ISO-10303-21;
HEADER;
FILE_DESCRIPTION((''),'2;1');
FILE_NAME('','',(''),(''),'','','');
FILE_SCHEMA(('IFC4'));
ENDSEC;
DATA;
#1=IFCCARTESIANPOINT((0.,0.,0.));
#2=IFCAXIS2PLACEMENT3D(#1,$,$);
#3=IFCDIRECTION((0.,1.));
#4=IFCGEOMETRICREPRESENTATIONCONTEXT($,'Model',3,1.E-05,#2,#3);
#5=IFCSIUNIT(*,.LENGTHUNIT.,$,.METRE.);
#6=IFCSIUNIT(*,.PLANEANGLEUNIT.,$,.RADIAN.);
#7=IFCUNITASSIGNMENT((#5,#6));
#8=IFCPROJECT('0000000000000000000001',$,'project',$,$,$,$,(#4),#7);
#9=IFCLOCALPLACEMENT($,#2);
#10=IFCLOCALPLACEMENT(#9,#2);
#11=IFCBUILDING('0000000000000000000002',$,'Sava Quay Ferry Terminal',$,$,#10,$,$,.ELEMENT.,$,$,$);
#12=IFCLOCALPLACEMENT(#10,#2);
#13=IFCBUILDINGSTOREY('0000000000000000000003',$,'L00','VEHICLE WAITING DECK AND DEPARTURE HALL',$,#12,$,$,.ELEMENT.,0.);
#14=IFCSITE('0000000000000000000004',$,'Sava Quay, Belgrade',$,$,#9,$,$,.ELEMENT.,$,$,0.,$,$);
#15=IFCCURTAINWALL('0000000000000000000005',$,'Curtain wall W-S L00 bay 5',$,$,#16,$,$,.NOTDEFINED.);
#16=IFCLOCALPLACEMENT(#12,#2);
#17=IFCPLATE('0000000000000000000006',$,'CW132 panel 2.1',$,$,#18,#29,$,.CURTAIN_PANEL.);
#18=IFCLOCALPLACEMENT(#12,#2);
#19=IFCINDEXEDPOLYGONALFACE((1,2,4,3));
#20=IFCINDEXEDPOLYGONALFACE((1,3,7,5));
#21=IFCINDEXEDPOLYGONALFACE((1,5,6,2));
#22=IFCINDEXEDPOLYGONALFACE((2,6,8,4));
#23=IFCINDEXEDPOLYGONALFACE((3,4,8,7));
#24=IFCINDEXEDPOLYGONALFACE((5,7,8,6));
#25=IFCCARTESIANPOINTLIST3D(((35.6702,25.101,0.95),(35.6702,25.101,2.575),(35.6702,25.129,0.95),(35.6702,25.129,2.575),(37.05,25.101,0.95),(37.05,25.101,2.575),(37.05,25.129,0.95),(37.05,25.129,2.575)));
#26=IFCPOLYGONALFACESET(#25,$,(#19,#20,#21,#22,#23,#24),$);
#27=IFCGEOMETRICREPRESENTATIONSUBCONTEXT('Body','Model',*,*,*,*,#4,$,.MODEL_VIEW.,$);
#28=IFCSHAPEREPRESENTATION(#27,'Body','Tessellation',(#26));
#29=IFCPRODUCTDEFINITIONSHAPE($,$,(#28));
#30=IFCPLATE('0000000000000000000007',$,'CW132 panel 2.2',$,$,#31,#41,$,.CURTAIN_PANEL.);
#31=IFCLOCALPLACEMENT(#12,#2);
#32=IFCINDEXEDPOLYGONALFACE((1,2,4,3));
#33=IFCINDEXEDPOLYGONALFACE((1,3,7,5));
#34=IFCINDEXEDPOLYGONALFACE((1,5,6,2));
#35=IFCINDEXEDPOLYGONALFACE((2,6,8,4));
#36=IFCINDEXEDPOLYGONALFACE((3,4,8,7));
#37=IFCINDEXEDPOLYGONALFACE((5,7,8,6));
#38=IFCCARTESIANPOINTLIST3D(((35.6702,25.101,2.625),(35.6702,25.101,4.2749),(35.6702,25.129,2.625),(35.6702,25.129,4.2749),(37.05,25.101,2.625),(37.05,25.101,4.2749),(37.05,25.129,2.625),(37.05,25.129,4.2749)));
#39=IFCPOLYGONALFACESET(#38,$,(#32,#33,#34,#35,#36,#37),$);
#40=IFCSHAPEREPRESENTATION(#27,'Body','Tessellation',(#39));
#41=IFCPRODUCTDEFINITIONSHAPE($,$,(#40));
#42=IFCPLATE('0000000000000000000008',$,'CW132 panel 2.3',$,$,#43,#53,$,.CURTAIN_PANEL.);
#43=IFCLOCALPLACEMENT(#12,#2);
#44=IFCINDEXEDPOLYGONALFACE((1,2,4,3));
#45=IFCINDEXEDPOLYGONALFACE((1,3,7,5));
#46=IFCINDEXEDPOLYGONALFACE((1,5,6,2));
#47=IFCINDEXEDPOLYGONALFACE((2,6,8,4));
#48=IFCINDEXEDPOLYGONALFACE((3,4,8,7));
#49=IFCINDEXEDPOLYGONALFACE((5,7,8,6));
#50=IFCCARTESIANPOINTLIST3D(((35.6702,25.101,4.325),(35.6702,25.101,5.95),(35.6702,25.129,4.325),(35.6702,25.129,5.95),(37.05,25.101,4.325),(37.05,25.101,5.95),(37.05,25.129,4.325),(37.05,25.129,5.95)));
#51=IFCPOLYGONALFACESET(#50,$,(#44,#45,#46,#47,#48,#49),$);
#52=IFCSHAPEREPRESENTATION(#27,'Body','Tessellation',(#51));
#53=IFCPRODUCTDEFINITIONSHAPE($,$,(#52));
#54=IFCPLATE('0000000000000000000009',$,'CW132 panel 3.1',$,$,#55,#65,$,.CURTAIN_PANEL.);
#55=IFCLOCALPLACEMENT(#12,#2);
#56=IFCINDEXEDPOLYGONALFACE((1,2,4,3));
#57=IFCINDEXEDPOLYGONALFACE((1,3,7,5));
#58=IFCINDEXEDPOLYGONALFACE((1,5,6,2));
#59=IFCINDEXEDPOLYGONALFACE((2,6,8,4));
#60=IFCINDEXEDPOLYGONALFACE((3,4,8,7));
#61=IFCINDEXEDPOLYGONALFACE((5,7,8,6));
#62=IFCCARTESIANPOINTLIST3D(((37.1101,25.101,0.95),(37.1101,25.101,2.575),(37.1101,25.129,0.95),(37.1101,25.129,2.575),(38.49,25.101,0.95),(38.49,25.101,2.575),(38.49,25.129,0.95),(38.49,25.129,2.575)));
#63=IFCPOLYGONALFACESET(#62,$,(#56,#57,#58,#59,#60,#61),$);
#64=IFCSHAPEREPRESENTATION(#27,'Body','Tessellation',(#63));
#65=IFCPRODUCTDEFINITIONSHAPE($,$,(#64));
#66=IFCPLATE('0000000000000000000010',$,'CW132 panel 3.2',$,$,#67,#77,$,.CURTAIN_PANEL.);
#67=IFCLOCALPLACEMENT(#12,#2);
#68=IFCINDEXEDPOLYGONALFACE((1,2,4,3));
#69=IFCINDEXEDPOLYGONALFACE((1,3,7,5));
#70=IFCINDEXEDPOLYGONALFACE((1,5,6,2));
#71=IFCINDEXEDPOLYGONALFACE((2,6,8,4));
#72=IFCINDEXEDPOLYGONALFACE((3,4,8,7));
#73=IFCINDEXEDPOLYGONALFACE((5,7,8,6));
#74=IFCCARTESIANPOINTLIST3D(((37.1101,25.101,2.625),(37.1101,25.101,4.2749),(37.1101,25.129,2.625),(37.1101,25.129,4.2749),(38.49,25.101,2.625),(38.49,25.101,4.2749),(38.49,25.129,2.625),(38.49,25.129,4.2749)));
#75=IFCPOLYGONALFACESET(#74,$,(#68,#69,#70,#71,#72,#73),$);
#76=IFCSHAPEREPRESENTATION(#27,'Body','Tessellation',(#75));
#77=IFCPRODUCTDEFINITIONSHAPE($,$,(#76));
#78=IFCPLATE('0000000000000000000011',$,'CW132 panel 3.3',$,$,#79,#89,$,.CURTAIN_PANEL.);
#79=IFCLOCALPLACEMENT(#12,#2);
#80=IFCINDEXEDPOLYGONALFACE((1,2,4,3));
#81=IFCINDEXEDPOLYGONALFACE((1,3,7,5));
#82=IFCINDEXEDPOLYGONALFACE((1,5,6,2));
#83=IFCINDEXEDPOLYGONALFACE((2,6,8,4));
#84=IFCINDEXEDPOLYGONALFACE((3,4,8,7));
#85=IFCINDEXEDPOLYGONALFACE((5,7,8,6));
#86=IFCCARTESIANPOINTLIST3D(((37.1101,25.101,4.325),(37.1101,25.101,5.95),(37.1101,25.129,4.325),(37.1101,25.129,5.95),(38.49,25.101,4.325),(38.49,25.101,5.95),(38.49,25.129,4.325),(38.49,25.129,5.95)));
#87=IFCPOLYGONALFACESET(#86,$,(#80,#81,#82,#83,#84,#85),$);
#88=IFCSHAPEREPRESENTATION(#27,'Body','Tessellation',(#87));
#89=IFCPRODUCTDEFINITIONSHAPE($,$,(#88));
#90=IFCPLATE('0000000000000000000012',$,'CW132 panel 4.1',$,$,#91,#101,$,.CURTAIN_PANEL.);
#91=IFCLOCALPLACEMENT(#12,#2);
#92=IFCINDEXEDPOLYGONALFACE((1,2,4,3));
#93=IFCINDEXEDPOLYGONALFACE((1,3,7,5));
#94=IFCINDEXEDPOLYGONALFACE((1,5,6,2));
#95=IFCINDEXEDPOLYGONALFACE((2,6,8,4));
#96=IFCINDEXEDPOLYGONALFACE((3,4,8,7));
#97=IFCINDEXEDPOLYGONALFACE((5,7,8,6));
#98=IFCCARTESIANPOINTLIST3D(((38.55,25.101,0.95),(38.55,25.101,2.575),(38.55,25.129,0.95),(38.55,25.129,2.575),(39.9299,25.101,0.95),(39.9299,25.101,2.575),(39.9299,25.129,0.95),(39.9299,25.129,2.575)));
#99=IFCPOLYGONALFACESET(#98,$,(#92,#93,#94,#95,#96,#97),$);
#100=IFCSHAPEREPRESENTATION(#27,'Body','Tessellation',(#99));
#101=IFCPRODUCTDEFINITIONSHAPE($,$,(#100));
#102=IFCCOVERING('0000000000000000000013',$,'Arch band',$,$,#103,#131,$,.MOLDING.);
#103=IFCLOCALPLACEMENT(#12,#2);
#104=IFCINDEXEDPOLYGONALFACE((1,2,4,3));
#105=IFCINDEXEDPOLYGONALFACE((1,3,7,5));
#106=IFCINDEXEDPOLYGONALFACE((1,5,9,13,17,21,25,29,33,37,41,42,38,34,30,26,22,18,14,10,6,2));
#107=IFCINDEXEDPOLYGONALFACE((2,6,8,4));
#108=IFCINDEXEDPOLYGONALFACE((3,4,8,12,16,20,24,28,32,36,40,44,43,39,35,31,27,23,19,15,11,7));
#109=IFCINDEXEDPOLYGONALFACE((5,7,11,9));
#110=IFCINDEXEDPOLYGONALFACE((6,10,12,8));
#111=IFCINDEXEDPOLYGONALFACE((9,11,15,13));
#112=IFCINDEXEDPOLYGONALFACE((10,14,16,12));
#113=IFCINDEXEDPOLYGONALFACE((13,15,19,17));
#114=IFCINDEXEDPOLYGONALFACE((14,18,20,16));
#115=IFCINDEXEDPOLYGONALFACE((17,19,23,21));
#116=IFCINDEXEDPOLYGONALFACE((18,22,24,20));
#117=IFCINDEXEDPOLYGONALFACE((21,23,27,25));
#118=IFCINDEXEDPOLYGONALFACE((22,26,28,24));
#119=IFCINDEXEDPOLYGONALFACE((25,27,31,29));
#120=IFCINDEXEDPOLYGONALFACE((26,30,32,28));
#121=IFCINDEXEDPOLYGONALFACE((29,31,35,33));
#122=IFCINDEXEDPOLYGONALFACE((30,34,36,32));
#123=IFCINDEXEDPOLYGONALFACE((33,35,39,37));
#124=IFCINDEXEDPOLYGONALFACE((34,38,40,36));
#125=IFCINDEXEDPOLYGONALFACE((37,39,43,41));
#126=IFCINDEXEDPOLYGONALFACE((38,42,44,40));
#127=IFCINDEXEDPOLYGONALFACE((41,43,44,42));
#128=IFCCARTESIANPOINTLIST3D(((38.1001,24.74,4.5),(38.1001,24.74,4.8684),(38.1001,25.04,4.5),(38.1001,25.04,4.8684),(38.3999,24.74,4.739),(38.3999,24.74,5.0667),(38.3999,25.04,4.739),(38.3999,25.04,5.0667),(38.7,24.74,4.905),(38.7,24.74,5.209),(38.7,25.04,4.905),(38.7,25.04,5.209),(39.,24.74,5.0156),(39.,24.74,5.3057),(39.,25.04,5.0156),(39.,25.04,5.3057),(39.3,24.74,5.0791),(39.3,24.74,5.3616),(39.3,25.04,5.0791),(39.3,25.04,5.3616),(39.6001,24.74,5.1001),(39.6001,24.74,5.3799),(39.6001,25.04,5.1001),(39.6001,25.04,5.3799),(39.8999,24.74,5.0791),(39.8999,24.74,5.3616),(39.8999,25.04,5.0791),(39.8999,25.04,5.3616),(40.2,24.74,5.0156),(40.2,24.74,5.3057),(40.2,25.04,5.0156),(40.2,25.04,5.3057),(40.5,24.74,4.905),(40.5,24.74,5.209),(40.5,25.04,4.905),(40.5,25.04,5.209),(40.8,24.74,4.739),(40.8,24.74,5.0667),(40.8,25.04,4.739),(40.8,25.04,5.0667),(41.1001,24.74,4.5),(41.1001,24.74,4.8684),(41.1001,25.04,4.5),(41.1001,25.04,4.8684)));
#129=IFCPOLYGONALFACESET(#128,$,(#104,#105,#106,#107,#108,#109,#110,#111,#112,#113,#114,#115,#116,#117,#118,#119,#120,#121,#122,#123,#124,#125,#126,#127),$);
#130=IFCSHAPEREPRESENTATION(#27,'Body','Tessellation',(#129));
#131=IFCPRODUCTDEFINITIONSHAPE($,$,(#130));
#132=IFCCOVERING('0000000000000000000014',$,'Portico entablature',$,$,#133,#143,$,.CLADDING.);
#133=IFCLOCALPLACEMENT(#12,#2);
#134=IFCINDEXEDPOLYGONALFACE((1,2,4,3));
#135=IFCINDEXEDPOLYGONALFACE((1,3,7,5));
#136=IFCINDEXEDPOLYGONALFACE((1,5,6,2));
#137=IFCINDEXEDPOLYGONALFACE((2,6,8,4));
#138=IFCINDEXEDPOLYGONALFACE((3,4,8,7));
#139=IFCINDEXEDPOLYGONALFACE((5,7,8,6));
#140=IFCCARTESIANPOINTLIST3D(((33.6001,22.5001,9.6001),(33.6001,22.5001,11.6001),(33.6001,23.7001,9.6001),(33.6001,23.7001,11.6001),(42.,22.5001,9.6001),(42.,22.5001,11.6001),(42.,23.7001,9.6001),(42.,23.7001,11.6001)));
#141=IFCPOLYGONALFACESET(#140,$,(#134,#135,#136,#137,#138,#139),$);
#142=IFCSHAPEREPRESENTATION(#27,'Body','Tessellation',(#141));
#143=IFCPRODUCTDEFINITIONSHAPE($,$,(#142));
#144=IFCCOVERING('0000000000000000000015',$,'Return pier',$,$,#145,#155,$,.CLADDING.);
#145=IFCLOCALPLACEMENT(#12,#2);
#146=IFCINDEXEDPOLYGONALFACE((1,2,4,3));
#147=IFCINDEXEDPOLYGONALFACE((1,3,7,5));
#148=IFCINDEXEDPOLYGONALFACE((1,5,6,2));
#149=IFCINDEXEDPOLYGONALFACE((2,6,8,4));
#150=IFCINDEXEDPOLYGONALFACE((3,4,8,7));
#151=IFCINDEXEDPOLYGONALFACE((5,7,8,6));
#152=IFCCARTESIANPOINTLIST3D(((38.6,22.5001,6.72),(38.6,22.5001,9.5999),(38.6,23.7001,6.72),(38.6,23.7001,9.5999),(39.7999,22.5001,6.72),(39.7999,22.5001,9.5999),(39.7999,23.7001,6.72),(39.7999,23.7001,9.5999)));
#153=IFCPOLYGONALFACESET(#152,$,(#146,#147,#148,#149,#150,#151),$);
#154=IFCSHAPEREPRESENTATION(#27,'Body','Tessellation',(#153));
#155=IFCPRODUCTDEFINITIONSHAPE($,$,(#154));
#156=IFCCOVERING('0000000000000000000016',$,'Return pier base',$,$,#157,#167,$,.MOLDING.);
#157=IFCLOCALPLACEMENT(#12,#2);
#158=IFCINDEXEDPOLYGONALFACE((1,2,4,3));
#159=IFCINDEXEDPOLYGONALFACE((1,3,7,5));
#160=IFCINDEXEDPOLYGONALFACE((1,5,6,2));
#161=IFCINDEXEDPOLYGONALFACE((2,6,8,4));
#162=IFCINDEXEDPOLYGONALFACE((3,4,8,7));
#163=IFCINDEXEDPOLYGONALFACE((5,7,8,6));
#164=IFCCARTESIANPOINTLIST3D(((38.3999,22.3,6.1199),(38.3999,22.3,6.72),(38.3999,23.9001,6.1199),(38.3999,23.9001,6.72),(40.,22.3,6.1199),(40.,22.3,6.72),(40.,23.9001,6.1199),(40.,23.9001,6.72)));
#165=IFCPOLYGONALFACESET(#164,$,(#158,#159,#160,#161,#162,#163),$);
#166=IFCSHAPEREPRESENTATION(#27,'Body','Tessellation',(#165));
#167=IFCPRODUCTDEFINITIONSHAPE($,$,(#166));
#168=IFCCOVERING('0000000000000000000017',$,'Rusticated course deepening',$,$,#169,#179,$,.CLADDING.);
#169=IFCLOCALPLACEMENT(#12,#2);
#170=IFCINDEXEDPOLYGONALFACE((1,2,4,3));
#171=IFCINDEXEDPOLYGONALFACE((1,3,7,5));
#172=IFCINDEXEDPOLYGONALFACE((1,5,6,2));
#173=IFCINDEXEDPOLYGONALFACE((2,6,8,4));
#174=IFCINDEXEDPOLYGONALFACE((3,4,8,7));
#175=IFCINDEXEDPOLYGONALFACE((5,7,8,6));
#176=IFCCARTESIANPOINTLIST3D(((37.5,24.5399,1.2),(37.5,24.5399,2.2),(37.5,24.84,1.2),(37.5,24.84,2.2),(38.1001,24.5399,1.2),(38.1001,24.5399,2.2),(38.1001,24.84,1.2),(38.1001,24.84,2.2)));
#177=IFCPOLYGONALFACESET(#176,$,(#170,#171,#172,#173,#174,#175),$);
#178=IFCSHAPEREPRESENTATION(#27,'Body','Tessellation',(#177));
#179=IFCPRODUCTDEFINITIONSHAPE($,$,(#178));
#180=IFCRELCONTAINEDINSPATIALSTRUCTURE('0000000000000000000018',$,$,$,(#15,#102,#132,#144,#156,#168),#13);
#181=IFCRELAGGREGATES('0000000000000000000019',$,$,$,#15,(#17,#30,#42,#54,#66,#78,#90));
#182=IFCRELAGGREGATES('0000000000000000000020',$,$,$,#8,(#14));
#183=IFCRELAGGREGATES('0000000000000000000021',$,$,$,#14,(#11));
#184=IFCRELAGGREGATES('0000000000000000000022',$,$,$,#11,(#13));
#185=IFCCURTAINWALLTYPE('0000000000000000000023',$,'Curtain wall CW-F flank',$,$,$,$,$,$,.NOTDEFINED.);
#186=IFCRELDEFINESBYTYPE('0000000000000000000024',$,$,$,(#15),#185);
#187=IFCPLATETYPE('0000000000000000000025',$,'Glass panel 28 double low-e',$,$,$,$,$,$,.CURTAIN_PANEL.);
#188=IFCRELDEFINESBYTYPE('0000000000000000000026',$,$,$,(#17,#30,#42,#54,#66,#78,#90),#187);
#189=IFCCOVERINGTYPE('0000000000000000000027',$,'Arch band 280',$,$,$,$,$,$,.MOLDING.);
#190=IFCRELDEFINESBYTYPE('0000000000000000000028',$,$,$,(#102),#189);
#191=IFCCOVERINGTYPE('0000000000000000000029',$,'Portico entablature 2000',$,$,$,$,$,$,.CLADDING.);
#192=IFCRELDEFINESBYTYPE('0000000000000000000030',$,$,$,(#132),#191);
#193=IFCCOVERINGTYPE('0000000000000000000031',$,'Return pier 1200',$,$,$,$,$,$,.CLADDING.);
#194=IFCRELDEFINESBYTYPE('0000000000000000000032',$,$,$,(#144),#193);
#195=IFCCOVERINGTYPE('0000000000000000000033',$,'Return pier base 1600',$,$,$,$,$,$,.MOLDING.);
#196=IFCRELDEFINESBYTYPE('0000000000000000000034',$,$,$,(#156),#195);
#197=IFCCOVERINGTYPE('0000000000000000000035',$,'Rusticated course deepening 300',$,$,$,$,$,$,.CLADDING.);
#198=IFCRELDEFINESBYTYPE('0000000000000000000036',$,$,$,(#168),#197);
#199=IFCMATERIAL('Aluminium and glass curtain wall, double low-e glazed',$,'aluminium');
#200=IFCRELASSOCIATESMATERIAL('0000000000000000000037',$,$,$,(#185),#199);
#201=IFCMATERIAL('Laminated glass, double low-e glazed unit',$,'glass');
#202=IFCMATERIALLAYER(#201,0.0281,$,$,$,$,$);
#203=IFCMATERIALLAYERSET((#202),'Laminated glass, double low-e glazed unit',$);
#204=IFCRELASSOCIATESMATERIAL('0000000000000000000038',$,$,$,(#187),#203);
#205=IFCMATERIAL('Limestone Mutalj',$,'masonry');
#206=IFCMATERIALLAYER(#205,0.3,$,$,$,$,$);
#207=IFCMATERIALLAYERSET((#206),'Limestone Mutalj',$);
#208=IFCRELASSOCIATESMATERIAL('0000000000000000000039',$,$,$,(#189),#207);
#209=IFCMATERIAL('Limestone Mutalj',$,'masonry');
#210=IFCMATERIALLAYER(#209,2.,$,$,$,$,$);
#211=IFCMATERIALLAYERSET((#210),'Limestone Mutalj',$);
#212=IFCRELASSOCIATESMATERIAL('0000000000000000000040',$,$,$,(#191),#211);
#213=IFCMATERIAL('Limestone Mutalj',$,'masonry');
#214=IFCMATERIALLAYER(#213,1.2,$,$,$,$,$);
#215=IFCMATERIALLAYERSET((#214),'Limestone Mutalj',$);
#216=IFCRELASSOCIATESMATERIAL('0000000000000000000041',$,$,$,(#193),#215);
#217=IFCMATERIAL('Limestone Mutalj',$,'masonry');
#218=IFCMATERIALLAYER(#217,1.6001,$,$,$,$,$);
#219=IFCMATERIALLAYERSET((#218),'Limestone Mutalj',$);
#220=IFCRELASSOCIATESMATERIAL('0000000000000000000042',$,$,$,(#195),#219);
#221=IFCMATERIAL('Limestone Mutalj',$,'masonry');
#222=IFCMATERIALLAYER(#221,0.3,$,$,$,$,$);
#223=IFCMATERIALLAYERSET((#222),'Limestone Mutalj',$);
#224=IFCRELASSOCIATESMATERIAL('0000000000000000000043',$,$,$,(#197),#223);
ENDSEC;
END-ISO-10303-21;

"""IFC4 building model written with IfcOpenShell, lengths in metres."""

from ifc_helpers import new_model, si_unit, direction, frame, origin, origin_2d, place, context, subcontext, project, spatial, polyline, rectangle, outline, extrude, material, layer, layer_set, type_object, element, aggregate, save


model = new_model("IFC4")

# Units and contexts
model_context = context("Model", 3, precision=1e-05, world=origin(), true_north=direction((0.0, 1.0)))
body_context = subcontext(model_context, "Body", "Model", "MODEL_VIEW")
ifc_project = project(units=[si_unit("LENGTHUNIT", "METRE"), si_unit("PLANEANGLEUNIT", "RADIAN")], contexts=[model_context])

# Site, building, storey
site_placement = place(None, origin())
site = spatial("IfcSite", under=ifc_project, at=site_placement, Name="Sava Quay, Belgrade", CompositionType="ELEMENT", RefElevation=0.0)
building_placement = place(site_placement, origin())
building = spatial("IfcBuilding", under=site, at=building_placement, Name="Sava Quay Ferry Terminal", CompositionType="ELEMENT")
storey_placement = place(building_placement, origin())
storey = spatial("IfcBuildingStorey", under=building, at=storey_placement, Name="L00", Description="VEHICLE WAITING DECK AND DEPARTURE HALL", CompositionType="ELEMENT", Elevation=0.0)

# Curtain wall, plates
ifc_material_1 = material(Name="Aluminium and glass curtain wall, double low-e glazed", Category="aluminium")
curtain_wall_type = type_object("IfcCurtainWallType", Name="Curtain wall CW-F flank", PredefinedType="NOTDEFINED", material=ifc_material_1)
curtain_wall_placement = place(storey_placement, origin())
curtain_wall = element("IfcCurtainWall", 1, at=curtain_wall_placement, inside=storey, type_object=curtain_wall_type, Name="Curtain wall W-S L00 bay 5", PredefinedType="NOTDEFINED")
ifc_material_2 = material(Name="Laminated glass, double low-e glazed unit", Category="glass")
ifc_layer_1 = layer(ifc_material_2, 0.0281)
ifc_layer_set_1 = layer_set([ifc_layer_1], Name="Laminated glass, double low-e glazed unit")
plate_type = type_object("IfcPlateType", Name="Glass panel 28 double low-e", PredefinedType="CURTAIN_PANEL", material=ifc_layer_set_1)
plate_1_placement = place(storey_placement, frame((36.3601, 25.115, 0.95), z_axis=(0.0, 0.0, 1.0), x_axis=(1.0, 0.0, 0.0)))
plate_1 = element("IfcPlate", 2, at=plate_1_placement, type_object=plate_type, Name="CW132 panel 2.1", PredefinedType="CURTAIN_PANEL", context=body_context, shape_type="SweptSolid", body=[
    extrude(rectangle(XDim=1.3799, YDim=0.0281, at=origin_2d()), origin(), (0.0, 0.0, 1.0), 1.625),
])
plate_2_placement = place(storey_placement, frame((36.3601, 25.115, 2.625), z_axis=(0.0, 0.0, 1.0), x_axis=(1.0, 0.0, 0.0)))
plate_2 = element("IfcPlate", 3, at=plate_2_placement, type_object=plate_type, Name="CW132 panel 2.2", PredefinedType="CURTAIN_PANEL", context=body_context, shape_type="SweptSolid", body=[
    extrude(rectangle(XDim=1.3799, YDim=0.0281, at=origin_2d()), origin(), (0.0, 0.0, 1.0), 1.6499),
])
plate_3_placement = place(storey_placement, frame((36.3601, 25.115, 4.325), z_axis=(0.0, 0.0, 1.0), x_axis=(1.0, 0.0, 0.0)))
plate_3 = element("IfcPlate", 4, at=plate_3_placement, type_object=plate_type, Name="CW132 panel 2.3", PredefinedType="CURTAIN_PANEL", context=body_context, shape_type="SweptSolid", body=[
    extrude(rectangle(XDim=1.3799, YDim=0.0281, at=origin_2d()), origin(), (0.0, 0.0, 1.0), 1.625),
])
plate_4_placement = place(storey_placement, frame((37.8, 25.115, 0.95), z_axis=(0.0, 0.0, 1.0), x_axis=(1.0, 0.0, 0.0)))
plate_4 = element("IfcPlate", 5, at=plate_4_placement, type_object=plate_type, Name="CW132 panel 3.1", PredefinedType="CURTAIN_PANEL", context=body_context, shape_type="SweptSolid", body=[
    extrude(rectangle(XDim=1.3799, YDim=0.0281, at=origin_2d()), origin(), (0.0, 0.0, 1.0), 1.625),
])
plate_5_placement = place(storey_placement, frame((37.8, 25.115, 2.625), z_axis=(0.0, 0.0, 1.0), x_axis=(1.0, 0.0, 0.0)))
plate_5 = element("IfcPlate", 6, at=plate_5_placement, type_object=plate_type, Name="CW132 panel 3.2", PredefinedType="CURTAIN_PANEL", context=body_context, shape_type="SweptSolid", body=[
    extrude(rectangle(XDim=1.3799, YDim=0.0281, at=origin_2d()), origin(), (0.0, 0.0, 1.0), 1.6499),
])
plate_6_placement = place(storey_placement, frame((37.8, 25.115, 4.325), z_axis=(0.0, 0.0, 1.0), x_axis=(1.0, 0.0, 0.0)))
plate_6 = element("IfcPlate", 7, at=plate_6_placement, type_object=plate_type, Name="CW132 panel 3.3", PredefinedType="CURTAIN_PANEL", context=body_context, shape_type="SweptSolid", body=[
    extrude(rectangle(XDim=1.3799, YDim=0.0281, at=origin_2d()), origin(), (0.0, 0.0, 1.0), 1.625),
])
plate_7_placement = place(storey_placement, frame((39.24, 25.115, 0.95), z_axis=(0.0, 0.0, 1.0), x_axis=(1.0, 0.0, 0.0)))
plate_7 = element("IfcPlate", 8, at=plate_7_placement, type_object=plate_type, Name="CW132 panel 4.1", PredefinedType="CURTAIN_PANEL", context=body_context, shape_type="SweptSolid", body=[
    extrude(rectangle(XDim=1.3799, YDim=0.0281, at=origin_2d()), origin(), (0.0, 0.0, 1.0), 1.625),
])
aggregate(curtain_wall, [plate_1, plate_2, plate_3, plate_4, plate_5, plate_6, plate_7])

# Coverings
ifc_material_3 = material(Name="Limestone Mutalj", Category="masonry")
ifc_layer_2 = layer(ifc_material_3, 0.3)
ifc_layer_set_2 = layer_set([ifc_layer_2], Name="Limestone Mutalj")
covering_type_1 = type_object("IfcCoveringType", Name="Arch band 280", PredefinedType="MOLDING", material=ifc_layer_set_2)
covering_1_placement = place(storey_placement, frame((38.1001, 24.74, 4.5), z_axis=(0.0, -1.0, 0.0), x_axis=(0.781924, 0.0, 0.623374)))
element("IfcCovering", 9, at=covering_1_placement, inside=storey, type_object=covering_type_1, Name="Arch band", PredefinedType="MOLDING", context=body_context, shape_type="SweptSolid", body=[
    extrude(outline(polyline([(0.0, 0.0), (0.3834, 0.0), (0.7215, -0.0572), (1.0251, -0.1578), (1.2993, -0.2952), (1.547, -0.4658), (1.7683, -0.6691), (1.9634, -0.9058), (2.129, -1.1793), (2.2602, -1.4962), (2.3458, -1.8701), (2.5754, -1.5821), (2.4644, -1.24), (2.3185, -0.9417), (2.1442, -0.679), (1.9444, -0.4483), (1.7214, -0.2471), (1.4754, -0.0743), (1.2059, 0.069), (0.911, 0.1804), (0.5877, 0.2562), (0.2297, 0.2881), (0.0, 0.0)])), origin(), (0.0, 0.0, -1.0), 0.3),
])
ifc_material_4 = material(Name="Limestone Mutalj", Category="masonry")
ifc_layer_3 = layer(ifc_material_4, 2.0)
ifc_layer_set_3 = layer_set([ifc_layer_3], Name="Limestone Mutalj")
covering_type_2 = type_object("IfcCoveringType", Name="Portico entablature 2000", PredefinedType="CLADDING", material=ifc_layer_set_3)
covering_2_placement = place(storey_placement, frame((37.8, 23.1001, 9.6001), z_axis=(0.0, 0.0, 1.0), x_axis=(1.0, 0.0, 0.0)))
element("IfcCovering", 10, at=covering_2_placement, inside=storey, type_object=covering_type_2, Name="Portico entablature", PredefinedType="CLADDING", context=body_context, shape_type="SweptSolid", body=[
    extrude(rectangle(XDim=8.3999, YDim=1.2, at=origin_2d()), origin(), (0.0, 0.0, 1.0), 2.0),
])
ifc_material_5 = material(Name="Limestone Mutalj", Category="masonry")
ifc_layer_4 = layer(ifc_material_5, 1.2)
ifc_layer_set_4 = layer_set([ifc_layer_4], Name="Limestone Mutalj")
covering_type_3 = type_object("IfcCoveringType", Name="Return pier 1200", PredefinedType="CLADDING", material=ifc_layer_set_4)
covering_3_placement = place(storey_placement, frame((39.2, 23.1001, 6.72), z_axis=(0.0, 0.0, 1.0), x_axis=(1.0, 0.0, 0.0)))
element("IfcCovering", 11, at=covering_3_placement, inside=storey, type_object=covering_type_3, Name="Return pier", PredefinedType="CLADDING", context=body_context, shape_type="SweptSolid", body=[
    extrude(rectangle(XDim=1.2, YDim=1.2, at=origin_2d()), origin(), (0.0, 0.0, 1.0), 2.8799),
])
ifc_material_6 = material(Name="Limestone Mutalj", Category="masonry")
ifc_layer_5 = layer(ifc_material_6, 1.6001)
ifc_layer_set_5 = layer_set([ifc_layer_5], Name="Limestone Mutalj")
covering_type_4 = type_object("IfcCoveringType", Name="Return pier base 1600", PredefinedType="MOLDING", material=ifc_layer_set_5)
covering_4_placement = place(storey_placement, frame((39.2, 23.1001, 6.1199), z_axis=(0.0, 0.0, 1.0), x_axis=(1.0, 0.0, 0.0)))
element("IfcCovering", 12, at=covering_4_placement, inside=storey, type_object=covering_type_4, Name="Return pier base", PredefinedType="MOLDING", context=body_context, shape_type="SweptSolid", body=[
    extrude(rectangle(XDim=1.6001, YDim=1.6001, at=origin_2d()), origin(), (0.0, 0.0, 1.0), 0.6001),
])
ifc_material_7 = material(Name="Limestone Mutalj", Category="masonry")
ifc_layer_6 = layer(ifc_material_7, 0.3)
ifc_layer_set_6 = layer_set([ifc_layer_6], Name="Limestone Mutalj")
covering_type_5 = type_object("IfcCoveringType", Name="Rusticated course deepening 300", PredefinedType="CLADDING", material=ifc_layer_set_6)
covering_5_placement = place(storey_placement, frame((37.8, 24.6899, 1.2), z_axis=(0.0, 0.0, 1.0), x_axis=(1.0, 0.0, 0.0)))
element("IfcCovering", 13, at=covering_5_placement, inside=storey, type_object=covering_type_5, Name="Rusticated course deepening", PredefinedType="CLADDING", context=body_context, shape_type="SweptSolid", body=[
    extrude(rectangle(XDim=0.6001, YDim=0.3, at=origin_2d()), origin(), (0.0, 0.0, 1.0), 1.0),
])

save(model, "model.ifc")
